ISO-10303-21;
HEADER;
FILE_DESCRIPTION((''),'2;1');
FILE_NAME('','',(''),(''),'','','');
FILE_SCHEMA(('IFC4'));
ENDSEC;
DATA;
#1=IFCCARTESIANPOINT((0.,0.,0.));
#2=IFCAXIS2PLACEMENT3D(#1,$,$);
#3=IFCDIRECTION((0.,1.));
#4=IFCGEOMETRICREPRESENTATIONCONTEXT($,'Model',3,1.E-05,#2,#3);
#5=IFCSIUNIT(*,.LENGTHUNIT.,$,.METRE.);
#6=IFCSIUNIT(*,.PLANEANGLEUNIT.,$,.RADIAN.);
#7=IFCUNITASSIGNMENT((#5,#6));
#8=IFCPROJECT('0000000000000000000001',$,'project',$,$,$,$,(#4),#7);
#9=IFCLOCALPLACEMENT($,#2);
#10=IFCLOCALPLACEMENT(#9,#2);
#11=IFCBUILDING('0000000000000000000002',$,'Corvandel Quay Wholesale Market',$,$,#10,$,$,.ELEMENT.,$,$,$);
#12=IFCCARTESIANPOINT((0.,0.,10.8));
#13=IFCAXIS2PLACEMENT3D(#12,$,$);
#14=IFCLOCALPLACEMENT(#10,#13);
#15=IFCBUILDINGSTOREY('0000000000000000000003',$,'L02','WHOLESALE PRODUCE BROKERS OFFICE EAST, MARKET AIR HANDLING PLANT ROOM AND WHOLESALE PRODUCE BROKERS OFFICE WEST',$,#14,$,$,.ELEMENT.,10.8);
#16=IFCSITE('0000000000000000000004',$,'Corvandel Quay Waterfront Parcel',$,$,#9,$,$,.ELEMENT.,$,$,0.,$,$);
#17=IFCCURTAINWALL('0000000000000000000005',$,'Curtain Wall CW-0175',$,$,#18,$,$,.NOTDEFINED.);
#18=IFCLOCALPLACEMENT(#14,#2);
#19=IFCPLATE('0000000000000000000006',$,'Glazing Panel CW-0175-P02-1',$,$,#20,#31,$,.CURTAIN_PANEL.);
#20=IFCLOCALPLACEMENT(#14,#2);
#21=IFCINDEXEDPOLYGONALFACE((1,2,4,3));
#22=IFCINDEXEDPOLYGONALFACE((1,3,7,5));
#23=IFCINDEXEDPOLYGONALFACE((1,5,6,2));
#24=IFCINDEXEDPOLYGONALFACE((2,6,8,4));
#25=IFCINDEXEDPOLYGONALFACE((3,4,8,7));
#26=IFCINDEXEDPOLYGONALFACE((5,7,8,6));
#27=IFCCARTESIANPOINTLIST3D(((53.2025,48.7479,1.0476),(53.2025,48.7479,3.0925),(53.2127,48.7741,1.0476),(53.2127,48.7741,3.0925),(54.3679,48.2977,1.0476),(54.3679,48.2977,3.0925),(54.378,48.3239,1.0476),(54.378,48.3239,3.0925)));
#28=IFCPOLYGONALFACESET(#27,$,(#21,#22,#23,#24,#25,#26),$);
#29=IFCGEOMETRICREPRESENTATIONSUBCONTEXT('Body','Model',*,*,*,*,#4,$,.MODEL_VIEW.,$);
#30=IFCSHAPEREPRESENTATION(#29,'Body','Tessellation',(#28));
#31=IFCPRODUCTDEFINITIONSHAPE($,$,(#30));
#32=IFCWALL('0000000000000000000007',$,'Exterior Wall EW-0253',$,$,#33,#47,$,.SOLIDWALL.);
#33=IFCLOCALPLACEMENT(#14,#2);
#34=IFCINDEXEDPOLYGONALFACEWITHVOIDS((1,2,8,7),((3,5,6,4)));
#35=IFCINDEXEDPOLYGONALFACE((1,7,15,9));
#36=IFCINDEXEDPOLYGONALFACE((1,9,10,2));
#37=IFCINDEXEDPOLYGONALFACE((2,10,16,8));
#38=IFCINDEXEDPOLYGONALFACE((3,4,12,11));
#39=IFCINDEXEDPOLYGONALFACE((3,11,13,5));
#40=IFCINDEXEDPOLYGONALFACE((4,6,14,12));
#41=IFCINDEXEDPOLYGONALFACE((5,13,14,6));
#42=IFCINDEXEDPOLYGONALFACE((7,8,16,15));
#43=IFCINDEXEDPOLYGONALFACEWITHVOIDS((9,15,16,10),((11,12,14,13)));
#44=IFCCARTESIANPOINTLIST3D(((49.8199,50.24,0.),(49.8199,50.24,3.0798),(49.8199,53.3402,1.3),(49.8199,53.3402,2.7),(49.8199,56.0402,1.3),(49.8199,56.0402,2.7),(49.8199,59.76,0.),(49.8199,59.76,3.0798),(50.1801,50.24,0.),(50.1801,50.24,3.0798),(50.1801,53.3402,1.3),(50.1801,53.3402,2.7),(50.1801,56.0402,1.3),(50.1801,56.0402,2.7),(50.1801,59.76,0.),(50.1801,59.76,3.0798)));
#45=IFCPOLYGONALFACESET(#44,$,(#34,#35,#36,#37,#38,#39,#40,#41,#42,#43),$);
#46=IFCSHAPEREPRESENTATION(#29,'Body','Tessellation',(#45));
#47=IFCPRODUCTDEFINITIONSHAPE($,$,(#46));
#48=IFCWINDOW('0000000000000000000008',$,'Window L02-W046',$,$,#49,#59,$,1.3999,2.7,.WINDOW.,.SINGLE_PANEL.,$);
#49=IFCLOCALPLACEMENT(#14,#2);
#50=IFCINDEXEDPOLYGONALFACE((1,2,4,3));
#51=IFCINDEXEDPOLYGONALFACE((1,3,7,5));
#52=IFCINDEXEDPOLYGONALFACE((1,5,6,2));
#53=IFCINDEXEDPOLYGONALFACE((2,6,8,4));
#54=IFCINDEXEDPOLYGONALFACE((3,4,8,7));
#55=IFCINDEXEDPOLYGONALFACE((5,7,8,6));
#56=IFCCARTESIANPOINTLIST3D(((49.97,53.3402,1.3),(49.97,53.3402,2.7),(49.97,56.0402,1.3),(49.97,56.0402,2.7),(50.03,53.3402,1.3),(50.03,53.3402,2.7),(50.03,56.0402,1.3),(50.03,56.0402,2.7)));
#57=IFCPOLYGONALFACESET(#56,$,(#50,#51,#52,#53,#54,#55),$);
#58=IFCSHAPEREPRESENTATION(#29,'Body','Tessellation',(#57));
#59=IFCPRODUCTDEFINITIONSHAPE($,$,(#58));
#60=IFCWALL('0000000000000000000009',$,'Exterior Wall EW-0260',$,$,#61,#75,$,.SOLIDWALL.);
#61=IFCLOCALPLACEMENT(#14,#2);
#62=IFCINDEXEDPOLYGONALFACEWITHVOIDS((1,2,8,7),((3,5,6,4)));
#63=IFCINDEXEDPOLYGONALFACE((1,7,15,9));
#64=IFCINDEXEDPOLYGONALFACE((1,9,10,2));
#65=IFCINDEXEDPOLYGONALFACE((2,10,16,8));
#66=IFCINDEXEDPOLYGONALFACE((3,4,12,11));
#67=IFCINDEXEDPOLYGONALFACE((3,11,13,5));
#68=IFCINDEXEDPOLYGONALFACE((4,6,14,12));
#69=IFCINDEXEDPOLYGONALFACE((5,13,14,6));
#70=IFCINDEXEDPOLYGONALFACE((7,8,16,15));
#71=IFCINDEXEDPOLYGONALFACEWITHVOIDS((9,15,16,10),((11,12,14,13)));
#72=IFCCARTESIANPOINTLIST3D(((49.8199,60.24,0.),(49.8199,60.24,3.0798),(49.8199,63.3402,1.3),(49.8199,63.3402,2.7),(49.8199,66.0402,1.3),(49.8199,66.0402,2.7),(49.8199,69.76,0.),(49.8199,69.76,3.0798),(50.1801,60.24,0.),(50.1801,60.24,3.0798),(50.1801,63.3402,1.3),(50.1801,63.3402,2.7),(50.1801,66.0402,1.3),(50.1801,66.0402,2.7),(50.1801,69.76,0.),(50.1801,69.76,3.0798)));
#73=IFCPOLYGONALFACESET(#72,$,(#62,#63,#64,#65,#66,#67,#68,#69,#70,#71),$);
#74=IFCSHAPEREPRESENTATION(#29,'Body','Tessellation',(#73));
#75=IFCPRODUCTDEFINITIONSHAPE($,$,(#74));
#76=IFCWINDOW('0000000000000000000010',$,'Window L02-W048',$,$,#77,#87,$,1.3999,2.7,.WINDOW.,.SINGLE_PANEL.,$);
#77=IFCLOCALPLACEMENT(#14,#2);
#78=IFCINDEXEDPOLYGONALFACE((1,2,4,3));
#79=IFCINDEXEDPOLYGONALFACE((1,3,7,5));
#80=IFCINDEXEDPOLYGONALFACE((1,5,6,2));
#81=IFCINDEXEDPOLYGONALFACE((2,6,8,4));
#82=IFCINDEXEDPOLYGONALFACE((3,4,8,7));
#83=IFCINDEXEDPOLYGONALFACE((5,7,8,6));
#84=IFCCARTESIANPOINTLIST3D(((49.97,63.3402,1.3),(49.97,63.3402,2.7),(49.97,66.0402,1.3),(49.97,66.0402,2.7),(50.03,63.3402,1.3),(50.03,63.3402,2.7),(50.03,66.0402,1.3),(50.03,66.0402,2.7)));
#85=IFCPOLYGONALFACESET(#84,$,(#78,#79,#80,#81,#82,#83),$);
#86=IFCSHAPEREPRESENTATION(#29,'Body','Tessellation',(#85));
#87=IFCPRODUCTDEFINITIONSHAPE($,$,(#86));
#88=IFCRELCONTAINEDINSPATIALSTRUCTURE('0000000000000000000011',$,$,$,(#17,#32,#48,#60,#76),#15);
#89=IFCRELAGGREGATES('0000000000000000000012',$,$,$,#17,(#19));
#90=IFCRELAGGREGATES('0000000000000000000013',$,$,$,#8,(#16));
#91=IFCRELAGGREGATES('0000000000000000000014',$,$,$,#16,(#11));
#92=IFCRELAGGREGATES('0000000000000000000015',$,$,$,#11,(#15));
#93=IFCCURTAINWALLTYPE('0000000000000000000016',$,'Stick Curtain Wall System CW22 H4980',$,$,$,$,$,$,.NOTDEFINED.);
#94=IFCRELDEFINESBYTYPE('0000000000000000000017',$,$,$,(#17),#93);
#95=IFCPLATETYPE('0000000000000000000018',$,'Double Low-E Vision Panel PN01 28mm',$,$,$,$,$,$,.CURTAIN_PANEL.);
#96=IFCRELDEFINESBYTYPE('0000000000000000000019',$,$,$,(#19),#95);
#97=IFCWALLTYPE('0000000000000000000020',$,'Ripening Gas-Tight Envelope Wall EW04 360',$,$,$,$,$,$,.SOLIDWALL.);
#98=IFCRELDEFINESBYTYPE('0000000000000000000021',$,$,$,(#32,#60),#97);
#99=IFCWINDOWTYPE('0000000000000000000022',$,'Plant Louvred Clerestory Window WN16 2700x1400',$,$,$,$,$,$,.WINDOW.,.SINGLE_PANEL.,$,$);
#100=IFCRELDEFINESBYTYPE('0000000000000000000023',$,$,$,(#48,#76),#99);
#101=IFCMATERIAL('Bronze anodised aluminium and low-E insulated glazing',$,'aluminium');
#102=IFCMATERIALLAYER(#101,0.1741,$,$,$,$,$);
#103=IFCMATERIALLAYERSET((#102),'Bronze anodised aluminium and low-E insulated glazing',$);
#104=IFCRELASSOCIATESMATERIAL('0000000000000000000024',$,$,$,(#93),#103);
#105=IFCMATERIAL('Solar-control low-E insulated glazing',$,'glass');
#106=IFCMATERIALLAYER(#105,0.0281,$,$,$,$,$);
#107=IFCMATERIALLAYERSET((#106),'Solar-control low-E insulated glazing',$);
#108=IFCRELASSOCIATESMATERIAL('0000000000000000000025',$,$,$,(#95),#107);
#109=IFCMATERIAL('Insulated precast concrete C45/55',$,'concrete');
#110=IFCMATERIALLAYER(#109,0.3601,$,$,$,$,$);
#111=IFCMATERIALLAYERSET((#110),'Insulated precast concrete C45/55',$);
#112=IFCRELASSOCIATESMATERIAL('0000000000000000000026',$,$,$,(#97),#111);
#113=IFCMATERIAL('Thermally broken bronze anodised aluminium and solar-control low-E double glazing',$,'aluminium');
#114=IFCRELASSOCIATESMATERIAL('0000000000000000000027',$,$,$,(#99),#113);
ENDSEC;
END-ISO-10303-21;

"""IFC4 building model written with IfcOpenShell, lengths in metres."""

from ifc_helpers import new_model, si_unit, direction, frame, frame_2d, origin, origin_2d, place, context, subcontext, project, spatial, rectangle, extrude, material, layer, layer_set, type_object, element, fill, aggregate, save


model = new_model("IFC4")

# Units and contexts
model_context = context("Model", 3, precision=1e-05, world=origin(), true_north=direction((0.0, 1.0)))
body_context = subcontext(model_context, "Body", "Model", "MODEL_VIEW")
ifc_project = project(units=[si_unit("LENGTHUNIT", "METRE"), si_unit("PLANEANGLEUNIT", "RADIAN")], contexts=[model_context])

# Site, building, storey
site_placement = place(None, origin())
site = spatial("IfcSite", under=ifc_project, at=site_placement, Name="Corvandel Quay Waterfront Parcel", CompositionType="ELEMENT", RefElevation=0.0)
building_placement = place(site_placement, origin())
building = spatial("IfcBuilding", under=site, at=building_placement, Name="Corvandel Quay Wholesale Market", CompositionType="ELEMENT")
storey_placement = place(building_placement, frame((0.0, 0.0, 10.8)))
storey = spatial("IfcBuildingStorey", under=building, at=storey_placement, Name="L02", Description="WHOLESALE PRODUCE BROKERS OFFICE EAST, MARKET AIR HANDLING PLANT ROOM AND WHOLESALE PRODUCE BROKERS OFFICE WEST", CompositionType="ELEMENT", Elevation=10.8)

# Curtain wall
ifc_material_1 = material(Name="Bronze anodised aluminium and low-E insulated glazing", Category="aluminium")
ifc_layer_1 = layer(ifc_material_1, 0.1741)
ifc_layer_set_1 = layer_set([ifc_layer_1], Name="Bronze anodised aluminium and low-E insulated glazing")
curtain_wall_type = type_object("IfcCurtainWallType", Name="Stick Curtain Wall System CW22 H4980", PredefinedType="NOTDEFINED", material=ifc_layer_set_1)
curtain_wall_placement = place(storey_placement, origin())
curtain_wall = element("IfcCurtainWall", 1, at=curtain_wall_placement, inside=storey, type_object=curtain_wall_type, Name="Curtain Wall CW-0175", PredefinedType="NOTDEFINED")

# Plate
ifc_material_2 = material(Name="Solar-control low-E insulated glazing", Category="glass")
ifc_layer_2 = layer(ifc_material_2, 0.0281)
ifc_layer_set_2 = layer_set([ifc_layer_2], Name="Solar-control low-E insulated glazing")
plate_type_1 = type_object("IfcPlateType", Name="Double Low-E Vision Panel PN01 28mm", PredefinedType="CURTAIN_PANEL", material=ifc_layer_set_2)
plate_1_placement = place(storey_placement, frame((53.7903, 48.5359, 1.0476), z_axis=(0.0, 0.0, 1.0), x_axis=(-0.932828, 0.360322, 0.0)))
plate_1 = element("IfcPlate", 2, at=plate_1_placement, type_object=plate_type_1, Name="Glazing Panel CW-0175-P02-1", PredefinedType="CURTAIN_PANEL", context=body_context, shape_type="SweptSolid", body=[
    extrude(rectangle(XDim=1.2493, YDim=0.0281, at=origin_2d()), origin(), (0.0, 0.0, 1.0), 2.0449),
])
aggregate(curtain_wall, [plate_1])

# Walls, openings, windows
ifc_material_3 = material(Name="Insulated precast concrete C45/55", Category="concrete")
ifc_layer_3 = layer(ifc_material_3, 0.3601)
ifc_layer_set_3 = layer_set([ifc_layer_3], Name="Insulated precast concrete C45/55")
wall_type = type_object("IfcWallType", Name="Ripening Gas-Tight Envelope Wall EW04 360", PredefinedType="SOLIDWALL", material=ifc_layer_set_3)
wall_1_placement = place(storey_placement, frame((50.0, 50.24, 0.0), z_axis=(0.0, 0.0, 1.0), x_axis=(0.0, 1.0, 0.0)))
wall_1 = element("IfcWall", 3, at=wall_1_placement, inside=storey, type_object=wall_type, Name="Exterior Wall EW-0253", PredefinedType="SOLIDWALL", context=body_context, shape_type="SweptSolid", body=[
    extrude(rectangle(XDim=9.52, YDim=0.3601, at=frame_2d((4.76, 0.0))), origin(), (0.0, 0.0, 1.0), 3.0798),
])
opening_1_placement = place(wall_1_placement, frame((3.1001, 0.0, 1.3)))
opening_1 = element("IfcOpeningElement", 4, at=opening_1_placement, cuts=wall_1, PredefinedType="OPENING", context=body_context, shape_type="SweptSolid", body=[
    extrude(rectangle(XDim=2.7, YDim=1.3999, at=frame_2d((1.3501, 0.7))), frame((0.0, 0.1899, 0.0), z_axis=(0.0, -1.0, 0.0), x_axis=(1.0, 0.0, 0.0)), (0.0, 0.0, 1.0), 0.3801),
])
ifc_material_4 = material(Name="Thermally broken bronze anodised aluminium and solar-control low-E double glazing", Category="aluminium")
window_type = type_object("IfcWindowType", Name="Plant Louvred Clerestory Window WN16 2700x1400", PartitioningType="SINGLE_PANEL", PredefinedType="WINDOW", material=ifc_material_4)
window_1_placement = place(opening_1_placement, origin())
window_1 = element("IfcWindow", 5, at=window_1_placement, inside=storey, type_object=window_type, Name="Window L02-W046", OverallHeight=1.3999, OverallWidth=2.7, PartitioningType="SINGLE_PANEL", PredefinedType="WINDOW", context=body_context, shape_type="SweptSolid", body=[
    extrude(rectangle(XDim=2.7, YDim=1.3999, at=frame_2d((1.3501, 0.7))), frame((0.0, 0.03, 0.0), z_axis=(0.0, -1.0, 0.0), x_axis=(1.0, 0.0, 0.0)), (0.0, 0.0, 1.0), 0.0601),
])
fill(opening_1, window_1)
wall_2_placement = place(storey_placement, frame((50.0, 60.24, 0.0), z_axis=(0.0, 0.0, 1.0), x_axis=(0.0, 1.0, 0.0)))
wall_2 = element("IfcWall", 6, at=wall_2_placement, inside=storey, type_object=wall_type, Name="Exterior Wall EW-0260", PredefinedType="SOLIDWALL", context=body_context, shape_type="SweptSolid", body=[
    extrude(rectangle(XDim=9.52, YDim=0.3601, at=frame_2d((4.76, 0.0))), origin(), (0.0, 0.0, 1.0), 3.0798),
])
opening_2_placement = place(wall_2_placement, frame((3.1001, 0.0, 1.3)))
opening_2 = element("IfcOpeningElement", 7, at=opening_2_placement, cuts=wall_2, PredefinedType="OPENING", context=body_context, shape_type="SweptSolid", body=[
    extrude(rectangle(XDim=2.7, YDim=1.3999, at=frame_2d((1.3501, 0.7))), frame((0.0, 0.1899, 0.0), z_axis=(0.0, -1.0, 0.0), x_axis=(1.0, 0.0, 0.0)), (0.0, 0.0, 1.0), 0.3801),
])
window_2_placement = place(opening_2_placement, origin())
window_2 = element("IfcWindow", 8, at=window_2_placement, inside=storey, type_object=window_type, Name="Window L02-W048", OverallHeight=1.3999, OverallWidth=2.7, PartitioningType="SINGLE_PANEL", PredefinedType="WINDOW", context=body_context, shape_type="SweptSolid", body=[
    extrude(rectangle(XDim=2.7, YDim=1.3999, at=frame_2d((1.3501, 0.7))), frame((0.0, 0.03, 0.0), z_axis=(0.0, -1.0, 0.0), x_axis=(1.0, 0.0, 0.0)), (0.0, 0.0, 1.0), 0.0601),
])
fill(opening_2, window_2)

save(model, "model.ifc")
